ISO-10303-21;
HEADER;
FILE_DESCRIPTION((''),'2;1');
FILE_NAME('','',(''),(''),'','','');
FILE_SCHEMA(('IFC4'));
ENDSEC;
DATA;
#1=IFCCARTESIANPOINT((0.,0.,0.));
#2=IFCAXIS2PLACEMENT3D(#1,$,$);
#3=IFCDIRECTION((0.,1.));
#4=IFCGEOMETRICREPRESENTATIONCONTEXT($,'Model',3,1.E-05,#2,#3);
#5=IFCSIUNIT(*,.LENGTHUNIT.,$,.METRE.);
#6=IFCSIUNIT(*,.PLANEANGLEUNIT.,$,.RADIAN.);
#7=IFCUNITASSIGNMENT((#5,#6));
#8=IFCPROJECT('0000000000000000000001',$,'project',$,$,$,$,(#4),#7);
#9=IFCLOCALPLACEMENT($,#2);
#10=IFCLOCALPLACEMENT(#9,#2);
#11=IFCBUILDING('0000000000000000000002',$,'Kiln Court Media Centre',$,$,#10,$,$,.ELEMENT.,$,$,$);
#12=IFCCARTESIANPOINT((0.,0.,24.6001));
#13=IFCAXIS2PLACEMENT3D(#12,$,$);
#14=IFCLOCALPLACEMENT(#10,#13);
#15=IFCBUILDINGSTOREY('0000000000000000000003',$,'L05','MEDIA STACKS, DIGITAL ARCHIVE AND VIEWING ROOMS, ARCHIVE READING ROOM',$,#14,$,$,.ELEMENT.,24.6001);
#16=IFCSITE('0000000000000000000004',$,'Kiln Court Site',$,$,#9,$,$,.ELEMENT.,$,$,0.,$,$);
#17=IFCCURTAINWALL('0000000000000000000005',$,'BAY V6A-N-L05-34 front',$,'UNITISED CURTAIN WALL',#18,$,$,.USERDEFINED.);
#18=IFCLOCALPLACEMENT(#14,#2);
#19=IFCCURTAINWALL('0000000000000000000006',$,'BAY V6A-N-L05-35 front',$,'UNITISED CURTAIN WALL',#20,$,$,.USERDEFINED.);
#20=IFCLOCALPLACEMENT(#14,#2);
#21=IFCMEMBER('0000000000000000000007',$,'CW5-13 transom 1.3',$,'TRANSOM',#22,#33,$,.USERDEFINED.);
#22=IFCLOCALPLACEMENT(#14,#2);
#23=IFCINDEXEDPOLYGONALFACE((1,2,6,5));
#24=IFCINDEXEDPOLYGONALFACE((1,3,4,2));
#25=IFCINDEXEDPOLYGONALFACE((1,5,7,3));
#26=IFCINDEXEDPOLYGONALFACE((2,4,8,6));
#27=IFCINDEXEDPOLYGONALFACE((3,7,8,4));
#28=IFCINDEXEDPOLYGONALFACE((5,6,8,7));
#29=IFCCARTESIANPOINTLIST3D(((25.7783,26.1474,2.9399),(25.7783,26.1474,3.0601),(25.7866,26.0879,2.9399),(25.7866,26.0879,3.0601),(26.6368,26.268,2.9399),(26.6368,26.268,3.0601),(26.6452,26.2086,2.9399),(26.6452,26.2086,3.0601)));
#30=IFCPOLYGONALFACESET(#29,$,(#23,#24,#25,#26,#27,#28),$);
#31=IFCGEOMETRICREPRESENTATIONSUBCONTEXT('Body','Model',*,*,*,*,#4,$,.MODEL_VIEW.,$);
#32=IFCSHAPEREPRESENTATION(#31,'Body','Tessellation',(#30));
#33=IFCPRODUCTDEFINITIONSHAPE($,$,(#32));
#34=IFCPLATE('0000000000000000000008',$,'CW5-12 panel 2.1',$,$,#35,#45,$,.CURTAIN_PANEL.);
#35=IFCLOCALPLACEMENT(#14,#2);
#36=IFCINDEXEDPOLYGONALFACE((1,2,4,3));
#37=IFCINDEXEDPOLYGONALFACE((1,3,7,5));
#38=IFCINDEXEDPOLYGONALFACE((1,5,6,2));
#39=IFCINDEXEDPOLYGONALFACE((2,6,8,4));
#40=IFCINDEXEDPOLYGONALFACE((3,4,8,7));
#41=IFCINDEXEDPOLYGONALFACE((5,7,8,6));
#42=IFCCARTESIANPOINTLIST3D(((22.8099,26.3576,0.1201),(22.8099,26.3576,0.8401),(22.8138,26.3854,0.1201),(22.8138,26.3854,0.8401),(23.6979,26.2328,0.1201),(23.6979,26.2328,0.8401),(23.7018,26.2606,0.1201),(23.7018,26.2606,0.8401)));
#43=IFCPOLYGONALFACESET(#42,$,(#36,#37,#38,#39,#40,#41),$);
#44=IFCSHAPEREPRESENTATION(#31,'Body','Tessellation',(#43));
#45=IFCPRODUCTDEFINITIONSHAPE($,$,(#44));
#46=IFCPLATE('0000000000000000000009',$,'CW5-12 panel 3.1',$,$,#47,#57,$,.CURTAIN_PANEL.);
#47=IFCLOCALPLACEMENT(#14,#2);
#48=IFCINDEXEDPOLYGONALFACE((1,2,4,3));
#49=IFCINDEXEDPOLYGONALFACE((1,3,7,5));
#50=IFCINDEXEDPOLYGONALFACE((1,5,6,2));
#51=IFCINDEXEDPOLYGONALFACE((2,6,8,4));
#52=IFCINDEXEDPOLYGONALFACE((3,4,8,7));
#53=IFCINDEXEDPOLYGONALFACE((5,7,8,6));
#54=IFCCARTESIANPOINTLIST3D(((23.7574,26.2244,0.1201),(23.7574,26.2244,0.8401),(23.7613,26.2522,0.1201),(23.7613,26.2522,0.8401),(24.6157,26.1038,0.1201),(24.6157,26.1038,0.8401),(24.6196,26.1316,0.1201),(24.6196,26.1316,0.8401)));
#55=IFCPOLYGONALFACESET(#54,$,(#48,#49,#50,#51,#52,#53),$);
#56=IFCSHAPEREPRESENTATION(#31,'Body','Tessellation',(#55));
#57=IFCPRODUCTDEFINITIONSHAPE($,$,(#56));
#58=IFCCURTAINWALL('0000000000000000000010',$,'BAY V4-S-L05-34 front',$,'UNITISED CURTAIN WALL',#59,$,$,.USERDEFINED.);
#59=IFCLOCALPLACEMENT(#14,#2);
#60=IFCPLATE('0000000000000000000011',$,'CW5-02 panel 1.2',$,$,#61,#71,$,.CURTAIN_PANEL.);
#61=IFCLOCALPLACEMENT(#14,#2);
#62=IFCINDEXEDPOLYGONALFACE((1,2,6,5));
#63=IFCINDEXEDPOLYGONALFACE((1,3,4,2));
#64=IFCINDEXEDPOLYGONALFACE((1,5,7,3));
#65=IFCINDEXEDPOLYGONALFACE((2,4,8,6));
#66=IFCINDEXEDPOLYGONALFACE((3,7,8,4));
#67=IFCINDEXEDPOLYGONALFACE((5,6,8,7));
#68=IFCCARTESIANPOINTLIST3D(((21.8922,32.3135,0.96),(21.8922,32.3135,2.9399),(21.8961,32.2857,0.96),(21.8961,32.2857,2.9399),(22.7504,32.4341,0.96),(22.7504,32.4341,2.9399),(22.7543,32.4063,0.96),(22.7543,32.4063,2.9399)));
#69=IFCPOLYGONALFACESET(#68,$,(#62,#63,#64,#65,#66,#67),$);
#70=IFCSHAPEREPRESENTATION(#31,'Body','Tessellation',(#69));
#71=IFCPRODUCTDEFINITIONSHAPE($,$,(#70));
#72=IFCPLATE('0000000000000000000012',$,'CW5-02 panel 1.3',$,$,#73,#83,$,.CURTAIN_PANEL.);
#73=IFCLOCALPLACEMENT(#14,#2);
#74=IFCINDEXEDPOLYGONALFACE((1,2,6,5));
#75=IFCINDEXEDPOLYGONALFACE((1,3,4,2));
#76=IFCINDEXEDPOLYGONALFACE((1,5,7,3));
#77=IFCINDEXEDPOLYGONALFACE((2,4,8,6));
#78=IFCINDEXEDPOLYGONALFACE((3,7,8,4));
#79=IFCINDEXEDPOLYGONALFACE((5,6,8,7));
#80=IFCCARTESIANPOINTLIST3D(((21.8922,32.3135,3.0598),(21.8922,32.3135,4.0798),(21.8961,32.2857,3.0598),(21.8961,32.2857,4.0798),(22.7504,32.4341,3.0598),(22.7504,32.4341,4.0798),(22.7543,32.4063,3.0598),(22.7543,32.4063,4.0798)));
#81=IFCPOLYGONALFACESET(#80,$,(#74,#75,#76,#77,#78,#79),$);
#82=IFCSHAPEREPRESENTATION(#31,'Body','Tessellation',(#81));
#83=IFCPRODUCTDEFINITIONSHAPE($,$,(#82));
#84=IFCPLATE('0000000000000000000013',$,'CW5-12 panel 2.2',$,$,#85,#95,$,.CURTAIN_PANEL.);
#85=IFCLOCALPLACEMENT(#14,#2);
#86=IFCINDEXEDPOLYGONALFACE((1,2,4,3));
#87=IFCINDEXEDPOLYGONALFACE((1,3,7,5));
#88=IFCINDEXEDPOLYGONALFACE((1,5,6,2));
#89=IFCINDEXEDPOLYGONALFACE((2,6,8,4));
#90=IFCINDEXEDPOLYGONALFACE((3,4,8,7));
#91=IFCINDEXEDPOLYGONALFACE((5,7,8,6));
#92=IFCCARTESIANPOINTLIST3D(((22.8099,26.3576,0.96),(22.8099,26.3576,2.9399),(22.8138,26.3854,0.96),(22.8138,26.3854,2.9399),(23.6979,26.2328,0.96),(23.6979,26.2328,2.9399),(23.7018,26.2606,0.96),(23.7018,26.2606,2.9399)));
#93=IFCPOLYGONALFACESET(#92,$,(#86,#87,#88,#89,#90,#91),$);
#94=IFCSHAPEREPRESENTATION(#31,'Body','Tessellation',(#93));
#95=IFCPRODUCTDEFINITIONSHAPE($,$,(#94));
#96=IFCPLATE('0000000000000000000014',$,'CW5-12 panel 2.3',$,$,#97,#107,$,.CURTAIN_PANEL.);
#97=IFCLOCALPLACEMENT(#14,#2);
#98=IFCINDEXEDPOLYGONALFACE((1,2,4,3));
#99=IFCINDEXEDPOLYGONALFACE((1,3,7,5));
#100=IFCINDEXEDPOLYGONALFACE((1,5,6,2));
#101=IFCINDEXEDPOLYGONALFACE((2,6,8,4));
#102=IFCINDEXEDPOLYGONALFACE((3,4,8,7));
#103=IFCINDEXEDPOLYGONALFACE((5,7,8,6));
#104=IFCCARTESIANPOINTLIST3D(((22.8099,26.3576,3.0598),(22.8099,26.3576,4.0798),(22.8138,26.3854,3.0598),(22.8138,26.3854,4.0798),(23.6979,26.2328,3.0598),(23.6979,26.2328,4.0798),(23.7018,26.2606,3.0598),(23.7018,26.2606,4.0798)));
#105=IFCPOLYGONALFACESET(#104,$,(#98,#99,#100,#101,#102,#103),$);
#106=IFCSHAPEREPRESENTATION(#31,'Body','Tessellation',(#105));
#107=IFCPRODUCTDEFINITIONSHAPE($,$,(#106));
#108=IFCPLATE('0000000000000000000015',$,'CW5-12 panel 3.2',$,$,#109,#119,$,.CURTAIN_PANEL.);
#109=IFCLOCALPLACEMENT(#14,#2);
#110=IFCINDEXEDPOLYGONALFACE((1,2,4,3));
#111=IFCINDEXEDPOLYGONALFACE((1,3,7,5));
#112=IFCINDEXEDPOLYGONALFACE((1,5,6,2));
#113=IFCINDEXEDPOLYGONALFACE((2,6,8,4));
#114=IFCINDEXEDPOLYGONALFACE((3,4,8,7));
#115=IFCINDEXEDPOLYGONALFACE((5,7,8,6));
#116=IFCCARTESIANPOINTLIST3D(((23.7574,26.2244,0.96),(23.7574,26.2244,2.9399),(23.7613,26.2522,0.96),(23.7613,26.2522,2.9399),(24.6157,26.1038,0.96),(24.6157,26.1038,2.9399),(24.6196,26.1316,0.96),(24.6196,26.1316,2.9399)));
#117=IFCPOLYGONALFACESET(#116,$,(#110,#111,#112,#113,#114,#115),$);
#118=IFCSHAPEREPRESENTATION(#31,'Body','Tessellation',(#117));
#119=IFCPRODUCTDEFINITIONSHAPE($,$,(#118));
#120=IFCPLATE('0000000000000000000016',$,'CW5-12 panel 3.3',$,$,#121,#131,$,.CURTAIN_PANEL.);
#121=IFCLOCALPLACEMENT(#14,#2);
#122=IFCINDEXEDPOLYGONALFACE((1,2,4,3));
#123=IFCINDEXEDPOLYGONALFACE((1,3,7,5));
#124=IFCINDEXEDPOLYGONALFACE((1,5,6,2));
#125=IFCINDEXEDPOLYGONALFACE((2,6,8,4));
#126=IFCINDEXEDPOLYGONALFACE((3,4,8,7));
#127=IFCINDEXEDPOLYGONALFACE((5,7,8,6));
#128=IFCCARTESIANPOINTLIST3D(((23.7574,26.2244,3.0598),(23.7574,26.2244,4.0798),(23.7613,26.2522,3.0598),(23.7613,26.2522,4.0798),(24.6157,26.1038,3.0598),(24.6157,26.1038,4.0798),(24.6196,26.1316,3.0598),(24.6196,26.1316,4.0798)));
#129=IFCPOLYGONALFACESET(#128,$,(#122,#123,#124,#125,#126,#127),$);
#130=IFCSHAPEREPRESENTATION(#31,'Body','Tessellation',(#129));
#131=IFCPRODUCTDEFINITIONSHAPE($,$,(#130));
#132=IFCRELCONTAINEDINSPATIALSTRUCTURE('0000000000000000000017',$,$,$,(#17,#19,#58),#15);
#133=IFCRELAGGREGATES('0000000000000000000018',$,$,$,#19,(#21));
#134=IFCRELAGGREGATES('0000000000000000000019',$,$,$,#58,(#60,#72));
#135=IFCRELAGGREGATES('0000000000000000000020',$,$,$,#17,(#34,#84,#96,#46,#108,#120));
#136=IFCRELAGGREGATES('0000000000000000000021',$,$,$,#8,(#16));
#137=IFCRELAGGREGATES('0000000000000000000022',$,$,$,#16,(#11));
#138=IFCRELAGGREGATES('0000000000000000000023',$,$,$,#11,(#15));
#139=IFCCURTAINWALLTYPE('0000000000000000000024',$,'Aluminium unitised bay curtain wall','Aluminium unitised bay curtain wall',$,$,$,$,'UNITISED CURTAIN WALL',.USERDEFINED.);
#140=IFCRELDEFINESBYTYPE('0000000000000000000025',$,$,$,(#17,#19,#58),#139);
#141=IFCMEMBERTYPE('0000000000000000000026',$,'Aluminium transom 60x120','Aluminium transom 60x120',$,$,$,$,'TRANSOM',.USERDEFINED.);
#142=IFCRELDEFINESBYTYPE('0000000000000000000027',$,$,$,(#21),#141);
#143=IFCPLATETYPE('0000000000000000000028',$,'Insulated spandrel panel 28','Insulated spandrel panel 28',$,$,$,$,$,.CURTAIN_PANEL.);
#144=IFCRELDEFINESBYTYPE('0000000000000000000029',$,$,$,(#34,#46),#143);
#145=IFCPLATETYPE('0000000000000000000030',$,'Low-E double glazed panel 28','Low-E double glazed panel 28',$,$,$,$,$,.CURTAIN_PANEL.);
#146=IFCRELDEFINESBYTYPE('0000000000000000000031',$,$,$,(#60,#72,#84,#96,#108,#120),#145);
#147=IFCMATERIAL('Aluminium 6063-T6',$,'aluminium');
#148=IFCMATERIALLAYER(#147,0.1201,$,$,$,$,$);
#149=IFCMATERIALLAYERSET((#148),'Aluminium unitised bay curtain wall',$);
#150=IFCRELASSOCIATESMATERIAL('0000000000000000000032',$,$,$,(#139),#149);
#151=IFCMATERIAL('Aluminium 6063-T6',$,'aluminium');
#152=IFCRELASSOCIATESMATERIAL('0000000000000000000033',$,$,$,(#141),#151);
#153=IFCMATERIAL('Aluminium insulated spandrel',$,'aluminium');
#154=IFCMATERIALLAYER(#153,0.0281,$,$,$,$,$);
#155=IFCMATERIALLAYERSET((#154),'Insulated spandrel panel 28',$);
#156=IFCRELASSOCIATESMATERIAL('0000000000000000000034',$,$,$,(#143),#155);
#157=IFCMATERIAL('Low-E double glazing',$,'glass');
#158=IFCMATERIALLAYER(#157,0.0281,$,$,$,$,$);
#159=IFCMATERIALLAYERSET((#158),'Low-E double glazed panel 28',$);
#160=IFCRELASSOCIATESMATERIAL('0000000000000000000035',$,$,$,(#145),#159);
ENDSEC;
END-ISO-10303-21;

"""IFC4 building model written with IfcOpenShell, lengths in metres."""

from ifc_helpers import new_model, si_unit, direction, frame, origin, origin_2d, place, context, subcontext, project, spatial, rectangle, extrude, material, layer, layer_set, material_profile, profile_set, type_object, element, aggregate, save


model = new_model("IFC4")

# Units and contexts
model_context = context("Model", 3, precision=1e-05, world=origin(), true_north=direction((0.0, 1.0)))
body_context = subcontext(model_context, "Body", "Model", "MODEL_VIEW")
ifc_project = project(units=[si_unit("LENGTHUNIT", "METRE"), si_unit("PLANEANGLEUNIT", "RADIAN")], contexts=[model_context])

# Site, building, storey
site_placement = place(None, origin())
site = spatial("IfcSite", under=ifc_project, at=site_placement, Name="Kiln Court Site", CompositionType="ELEMENT", RefElevation=0.0)
building_placement = place(site_placement, origin())
building = spatial("IfcBuilding", under=site, at=building_placement, Name="Kiln Court Media Centre", CompositionType="ELEMENT")
storey_placement = place(building_placement, frame((0.0, 0.0, 24.6001)))
storey = spatial("IfcBuildingStorey", under=building, at=storey_placement, Name="L05", Description="MEDIA STACKS, DIGITAL ARCHIVE AND VIEWING ROOMS, ARCHIVE READING ROOM", CompositionType="ELEMENT", Elevation=24.6001)

# Curtain wall
ifc_material_1 = material(Name="Aluminium 6063-T6", Category="aluminium")
ifc_layer_1 = layer(ifc_material_1, 0.1201)
ifc_layer_set_1 = layer_set([ifc_layer_1], Name="Aluminium unitised bay curtain wall")
curtain_wall_type = type_object("IfcCurtainWallType", Name="Aluminium unitised bay curtain wall", Description="Aluminium unitised bay curtain wall", ElementType="UNITISED CURTAIN WALL", PredefinedType="USERDEFINED", material=ifc_layer_set_1)
curtain_wall_1_placement = place(storey_placement, origin())
curtain_wall_1 = element("IfcCurtainWall", 1, at=curtain_wall_1_placement, inside=storey, type_object=curtain_wall_type, Name="BAY V6A-N-L05-34 front", ObjectType="UNITISED CURTAIN WALL", PredefinedType="USERDEFINED")

# Curtain wall
curtain_wall_2_placement = place(storey_placement, origin())
curtain_wall_2 = element("IfcCurtainWall", 2, at=curtain_wall_2_placement, inside=storey, type_object=curtain_wall_type, Name="BAY V6A-N-L05-35 front", ObjectType="UNITISED CURTAIN WALL", PredefinedType="USERDEFINED")

# Member
ifc_material_2 = material(Name="Aluminium 6063-T6", Category="aluminium")
ifc_material_profile_1 = material_profile(ifc_material_2, rectangle(XDim=0.0601, YDim=0.1201, at=origin_2d()), Name="Aluminium transom 60x120")
ifc_profile_set_1 = profile_set([ifc_material_profile_1], Name="Aluminium 6063-T6")
member_type_1 = type_object("IfcMemberType", Name="Aluminium transom 60x120", Description="Aluminium transom 60x120", ElementType="TRANSOM", PredefinedType="USERDEFINED", material=ifc_profile_set_1)
member_1_placement = place(storey_placement, frame((25.7825, 26.1177, 3.0), z_axis=(0.990274, 0.139134, 0.0), x_axis=(-0.139134, 0.990274, 0.0)))
member_1 = element("IfcMember", 3, at=member_1_placement, type_object=member_type_1, Name="CW5-13 transom 1.3", ObjectType="TRANSOM", PredefinedType="USERDEFINED", context=body_context, shape_type="SweptSolid", body=[
    extrude(rectangle(XDim=0.0601, YDim=0.1201, at=origin_2d()), origin(), (0.0, 0.0, 1.0), 0.8669),
])
aggregate(curtain_wall_2, [member_1])

# Plates
ifc_material_3 = material(Name="Aluminium insulated spandrel", Category="aluminium")
ifc_layer_2 = layer(ifc_material_3, 0.0281)
ifc_layer_set_2 = layer_set([ifc_layer_2], Name="Insulated spandrel panel 28")
plate_type_1 = type_object("IfcPlateType", Name="Insulated spandrel panel 28", Description="Insulated spandrel panel 28", PredefinedType="CURTAIN_PANEL", material=ifc_layer_set_2)
plate_1_placement = place(storey_placement, frame((23.2559, 26.3091, 0.1201), z_axis=(0.0, 0.0, 1.0), x_axis=(0.99027, -0.139162, 0.0)))
plate_1 = element("IfcPlate", 4, at=plate_1_placement, type_object=plate_type_1, Name="CW5-12 panel 2.1", PredefinedType="CURTAIN_PANEL", context=body_context, shape_type="SweptSolid", body=[
    extrude(rectangle(XDim=0.8967, YDim=0.0281, at=origin_2d()), origin(), (0.0, 0.0, 1.0), 0.72),
])
plate_2_placement = place(storey_placement, frame((24.1885, 26.178, 0.1201), z_axis=(0.0, 0.0, 1.0), x_axis=(0.99027, -0.139162, 0.0)))
plate_2 = element("IfcPlate", 5, at=plate_2_placement, type_object=plate_type_1, Name="CW5-12 panel 3.1", PredefinedType="CURTAIN_PANEL", context=body_context, shape_type="SweptSolid", body=[
    extrude(rectangle(XDim=0.8667, YDim=0.0281, at=origin_2d()), origin(), (0.0, 0.0, 1.0), 0.72),
])

# Curtain wall, plates
curtain_wall_3_placement = place(storey_placement, origin())
curtain_wall_3 = element("IfcCurtainWall", 6, at=curtain_wall_3_placement, inside=storey, type_object=curtain_wall_type, Name="BAY V4-S-L05-34 front", ObjectType="UNITISED CURTAIN WALL", PredefinedType="USERDEFINED")
ifc_material_4 = material(Name="Low-E double glazing", Category="glass")
ifc_layer_3 = layer(ifc_material_4, 0.0281)
ifc_layer_set_3 = layer_set([ifc_layer_3], Name="Low-E double glazed panel 28")
plate_type_2 = type_object("IfcPlateType", Name="Low-E double glazed panel 28", Description="Low-E double glazed panel 28", PredefinedType="CURTAIN_PANEL", material=ifc_layer_set_3)
plate_3_placement = place(storey_placement, frame((22.3232, 32.3599, 0.96), z_axis=(0.0, 0.0, 1.0), x_axis=(0.99027, 0.139162, 0.0)))
plate_3 = element("IfcPlate", 7, at=plate_3_placement, type_object=plate_type_2, Name="CW5-02 panel 1.2", PredefinedType="CURTAIN_PANEL", context=body_context, shape_type="SweptSolid", body=[
    extrude(rectangle(XDim=0.8667, YDim=0.0281, at=origin_2d()), origin(), (0.0, 0.0, 1.0), 1.98),
])
plate_4_placement = place(storey_placement, frame((22.3232, 32.3599, 3.0598), z_axis=(0.0, 0.0, 1.0), x_axis=(0.99027, 0.139162, 0.0)))
plate_4 = element("IfcPlate", 8, at=plate_4_placement, type_object=plate_type_2, Name="CW5-02 panel 1.3", PredefinedType="CURTAIN_PANEL", context=body_context, shape_type="SweptSolid", body=[
    extrude(rectangle(XDim=0.8667, YDim=0.0281, at=origin_2d()), origin(), (0.0, 0.0, 1.0), 1.02),
])
aggregate(curtain_wall_3, [plate_3, plate_4])

# Plates
plate_5_placement = place(storey_placement, frame((23.2559, 26.3091, 0.96), z_axis=(0.0, 0.0, 1.0), x_axis=(0.99027, -0.139162, 0.0)))
plate_5 = element("IfcPlate", 9, at=plate_5_placement, type_object=plate_type_2, Name="CW5-12 panel 2.2", PredefinedType="CURTAIN_PANEL", context=body_context, shape_type="SweptSolid", body=[
    extrude(rectangle(XDim=0.8967, YDim=0.0281, at=origin_2d()), origin(), (0.0, 0.0, 1.0), 1.98),
])
plate_6_placement = place(storey_placement, frame((23.2559, 26.3091, 3.0598), z_axis=(0.0, 0.0, 1.0), x_axis=(0.99027, -0.139162, 0.0)))
plate_6 = element("IfcPlate", 10, at=plate_6_placement, type_object=plate_type_2, Name="CW5-12 panel 2.3", PredefinedType="CURTAIN_PANEL", context=body_context, shape_type="SweptSolid", body=[
    extrude(rectangle(XDim=0.8967, YDim=0.0281, at=origin_2d()), origin(), (0.0, 0.0, 1.0), 1.02),
])
plate_7_placement = place(storey_placement, frame((24.1885, 26.178, 0.96), z_axis=(0.0, 0.0, 1.0), x_axis=(0.99027, -0.139162, 0.0)))
plate_7 = element("IfcPlate", 11, at=plate_7_placement, type_object=plate_type_2, Name="CW5-12 panel 3.2", PredefinedType="CURTAIN_PANEL", context=body_context, shape_type="SweptSolid", body=[
    extrude(rectangle(XDim=0.8667, YDim=0.0281, at=origin_2d()), origin(), (0.0, 0.0, 1.0), 1.98),
])
plate_8_placement = place(storey_placement, frame((24.1885, 26.178, 3.0598), z_axis=(0.0, 0.0, 1.0), x_axis=(0.99027, -0.139162, 0.0)))
plate_8 = element("IfcPlate", 12, at=plate_8_placement, type_object=plate_type_2, Name="CW5-12 panel 3.3", PredefinedType="CURTAIN_PANEL", context=body_context, shape_type="SweptSolid", body=[
    extrude(rectangle(XDim=0.8667, YDim=0.0281, at=origin_2d()), origin(), (0.0, 0.0, 1.0), 1.02),
])
aggregate(curtain_wall_1, [plate_1, plate_5, plate_6, plate_2, plate_7, plate_8])

save(model, "model.ifc")
